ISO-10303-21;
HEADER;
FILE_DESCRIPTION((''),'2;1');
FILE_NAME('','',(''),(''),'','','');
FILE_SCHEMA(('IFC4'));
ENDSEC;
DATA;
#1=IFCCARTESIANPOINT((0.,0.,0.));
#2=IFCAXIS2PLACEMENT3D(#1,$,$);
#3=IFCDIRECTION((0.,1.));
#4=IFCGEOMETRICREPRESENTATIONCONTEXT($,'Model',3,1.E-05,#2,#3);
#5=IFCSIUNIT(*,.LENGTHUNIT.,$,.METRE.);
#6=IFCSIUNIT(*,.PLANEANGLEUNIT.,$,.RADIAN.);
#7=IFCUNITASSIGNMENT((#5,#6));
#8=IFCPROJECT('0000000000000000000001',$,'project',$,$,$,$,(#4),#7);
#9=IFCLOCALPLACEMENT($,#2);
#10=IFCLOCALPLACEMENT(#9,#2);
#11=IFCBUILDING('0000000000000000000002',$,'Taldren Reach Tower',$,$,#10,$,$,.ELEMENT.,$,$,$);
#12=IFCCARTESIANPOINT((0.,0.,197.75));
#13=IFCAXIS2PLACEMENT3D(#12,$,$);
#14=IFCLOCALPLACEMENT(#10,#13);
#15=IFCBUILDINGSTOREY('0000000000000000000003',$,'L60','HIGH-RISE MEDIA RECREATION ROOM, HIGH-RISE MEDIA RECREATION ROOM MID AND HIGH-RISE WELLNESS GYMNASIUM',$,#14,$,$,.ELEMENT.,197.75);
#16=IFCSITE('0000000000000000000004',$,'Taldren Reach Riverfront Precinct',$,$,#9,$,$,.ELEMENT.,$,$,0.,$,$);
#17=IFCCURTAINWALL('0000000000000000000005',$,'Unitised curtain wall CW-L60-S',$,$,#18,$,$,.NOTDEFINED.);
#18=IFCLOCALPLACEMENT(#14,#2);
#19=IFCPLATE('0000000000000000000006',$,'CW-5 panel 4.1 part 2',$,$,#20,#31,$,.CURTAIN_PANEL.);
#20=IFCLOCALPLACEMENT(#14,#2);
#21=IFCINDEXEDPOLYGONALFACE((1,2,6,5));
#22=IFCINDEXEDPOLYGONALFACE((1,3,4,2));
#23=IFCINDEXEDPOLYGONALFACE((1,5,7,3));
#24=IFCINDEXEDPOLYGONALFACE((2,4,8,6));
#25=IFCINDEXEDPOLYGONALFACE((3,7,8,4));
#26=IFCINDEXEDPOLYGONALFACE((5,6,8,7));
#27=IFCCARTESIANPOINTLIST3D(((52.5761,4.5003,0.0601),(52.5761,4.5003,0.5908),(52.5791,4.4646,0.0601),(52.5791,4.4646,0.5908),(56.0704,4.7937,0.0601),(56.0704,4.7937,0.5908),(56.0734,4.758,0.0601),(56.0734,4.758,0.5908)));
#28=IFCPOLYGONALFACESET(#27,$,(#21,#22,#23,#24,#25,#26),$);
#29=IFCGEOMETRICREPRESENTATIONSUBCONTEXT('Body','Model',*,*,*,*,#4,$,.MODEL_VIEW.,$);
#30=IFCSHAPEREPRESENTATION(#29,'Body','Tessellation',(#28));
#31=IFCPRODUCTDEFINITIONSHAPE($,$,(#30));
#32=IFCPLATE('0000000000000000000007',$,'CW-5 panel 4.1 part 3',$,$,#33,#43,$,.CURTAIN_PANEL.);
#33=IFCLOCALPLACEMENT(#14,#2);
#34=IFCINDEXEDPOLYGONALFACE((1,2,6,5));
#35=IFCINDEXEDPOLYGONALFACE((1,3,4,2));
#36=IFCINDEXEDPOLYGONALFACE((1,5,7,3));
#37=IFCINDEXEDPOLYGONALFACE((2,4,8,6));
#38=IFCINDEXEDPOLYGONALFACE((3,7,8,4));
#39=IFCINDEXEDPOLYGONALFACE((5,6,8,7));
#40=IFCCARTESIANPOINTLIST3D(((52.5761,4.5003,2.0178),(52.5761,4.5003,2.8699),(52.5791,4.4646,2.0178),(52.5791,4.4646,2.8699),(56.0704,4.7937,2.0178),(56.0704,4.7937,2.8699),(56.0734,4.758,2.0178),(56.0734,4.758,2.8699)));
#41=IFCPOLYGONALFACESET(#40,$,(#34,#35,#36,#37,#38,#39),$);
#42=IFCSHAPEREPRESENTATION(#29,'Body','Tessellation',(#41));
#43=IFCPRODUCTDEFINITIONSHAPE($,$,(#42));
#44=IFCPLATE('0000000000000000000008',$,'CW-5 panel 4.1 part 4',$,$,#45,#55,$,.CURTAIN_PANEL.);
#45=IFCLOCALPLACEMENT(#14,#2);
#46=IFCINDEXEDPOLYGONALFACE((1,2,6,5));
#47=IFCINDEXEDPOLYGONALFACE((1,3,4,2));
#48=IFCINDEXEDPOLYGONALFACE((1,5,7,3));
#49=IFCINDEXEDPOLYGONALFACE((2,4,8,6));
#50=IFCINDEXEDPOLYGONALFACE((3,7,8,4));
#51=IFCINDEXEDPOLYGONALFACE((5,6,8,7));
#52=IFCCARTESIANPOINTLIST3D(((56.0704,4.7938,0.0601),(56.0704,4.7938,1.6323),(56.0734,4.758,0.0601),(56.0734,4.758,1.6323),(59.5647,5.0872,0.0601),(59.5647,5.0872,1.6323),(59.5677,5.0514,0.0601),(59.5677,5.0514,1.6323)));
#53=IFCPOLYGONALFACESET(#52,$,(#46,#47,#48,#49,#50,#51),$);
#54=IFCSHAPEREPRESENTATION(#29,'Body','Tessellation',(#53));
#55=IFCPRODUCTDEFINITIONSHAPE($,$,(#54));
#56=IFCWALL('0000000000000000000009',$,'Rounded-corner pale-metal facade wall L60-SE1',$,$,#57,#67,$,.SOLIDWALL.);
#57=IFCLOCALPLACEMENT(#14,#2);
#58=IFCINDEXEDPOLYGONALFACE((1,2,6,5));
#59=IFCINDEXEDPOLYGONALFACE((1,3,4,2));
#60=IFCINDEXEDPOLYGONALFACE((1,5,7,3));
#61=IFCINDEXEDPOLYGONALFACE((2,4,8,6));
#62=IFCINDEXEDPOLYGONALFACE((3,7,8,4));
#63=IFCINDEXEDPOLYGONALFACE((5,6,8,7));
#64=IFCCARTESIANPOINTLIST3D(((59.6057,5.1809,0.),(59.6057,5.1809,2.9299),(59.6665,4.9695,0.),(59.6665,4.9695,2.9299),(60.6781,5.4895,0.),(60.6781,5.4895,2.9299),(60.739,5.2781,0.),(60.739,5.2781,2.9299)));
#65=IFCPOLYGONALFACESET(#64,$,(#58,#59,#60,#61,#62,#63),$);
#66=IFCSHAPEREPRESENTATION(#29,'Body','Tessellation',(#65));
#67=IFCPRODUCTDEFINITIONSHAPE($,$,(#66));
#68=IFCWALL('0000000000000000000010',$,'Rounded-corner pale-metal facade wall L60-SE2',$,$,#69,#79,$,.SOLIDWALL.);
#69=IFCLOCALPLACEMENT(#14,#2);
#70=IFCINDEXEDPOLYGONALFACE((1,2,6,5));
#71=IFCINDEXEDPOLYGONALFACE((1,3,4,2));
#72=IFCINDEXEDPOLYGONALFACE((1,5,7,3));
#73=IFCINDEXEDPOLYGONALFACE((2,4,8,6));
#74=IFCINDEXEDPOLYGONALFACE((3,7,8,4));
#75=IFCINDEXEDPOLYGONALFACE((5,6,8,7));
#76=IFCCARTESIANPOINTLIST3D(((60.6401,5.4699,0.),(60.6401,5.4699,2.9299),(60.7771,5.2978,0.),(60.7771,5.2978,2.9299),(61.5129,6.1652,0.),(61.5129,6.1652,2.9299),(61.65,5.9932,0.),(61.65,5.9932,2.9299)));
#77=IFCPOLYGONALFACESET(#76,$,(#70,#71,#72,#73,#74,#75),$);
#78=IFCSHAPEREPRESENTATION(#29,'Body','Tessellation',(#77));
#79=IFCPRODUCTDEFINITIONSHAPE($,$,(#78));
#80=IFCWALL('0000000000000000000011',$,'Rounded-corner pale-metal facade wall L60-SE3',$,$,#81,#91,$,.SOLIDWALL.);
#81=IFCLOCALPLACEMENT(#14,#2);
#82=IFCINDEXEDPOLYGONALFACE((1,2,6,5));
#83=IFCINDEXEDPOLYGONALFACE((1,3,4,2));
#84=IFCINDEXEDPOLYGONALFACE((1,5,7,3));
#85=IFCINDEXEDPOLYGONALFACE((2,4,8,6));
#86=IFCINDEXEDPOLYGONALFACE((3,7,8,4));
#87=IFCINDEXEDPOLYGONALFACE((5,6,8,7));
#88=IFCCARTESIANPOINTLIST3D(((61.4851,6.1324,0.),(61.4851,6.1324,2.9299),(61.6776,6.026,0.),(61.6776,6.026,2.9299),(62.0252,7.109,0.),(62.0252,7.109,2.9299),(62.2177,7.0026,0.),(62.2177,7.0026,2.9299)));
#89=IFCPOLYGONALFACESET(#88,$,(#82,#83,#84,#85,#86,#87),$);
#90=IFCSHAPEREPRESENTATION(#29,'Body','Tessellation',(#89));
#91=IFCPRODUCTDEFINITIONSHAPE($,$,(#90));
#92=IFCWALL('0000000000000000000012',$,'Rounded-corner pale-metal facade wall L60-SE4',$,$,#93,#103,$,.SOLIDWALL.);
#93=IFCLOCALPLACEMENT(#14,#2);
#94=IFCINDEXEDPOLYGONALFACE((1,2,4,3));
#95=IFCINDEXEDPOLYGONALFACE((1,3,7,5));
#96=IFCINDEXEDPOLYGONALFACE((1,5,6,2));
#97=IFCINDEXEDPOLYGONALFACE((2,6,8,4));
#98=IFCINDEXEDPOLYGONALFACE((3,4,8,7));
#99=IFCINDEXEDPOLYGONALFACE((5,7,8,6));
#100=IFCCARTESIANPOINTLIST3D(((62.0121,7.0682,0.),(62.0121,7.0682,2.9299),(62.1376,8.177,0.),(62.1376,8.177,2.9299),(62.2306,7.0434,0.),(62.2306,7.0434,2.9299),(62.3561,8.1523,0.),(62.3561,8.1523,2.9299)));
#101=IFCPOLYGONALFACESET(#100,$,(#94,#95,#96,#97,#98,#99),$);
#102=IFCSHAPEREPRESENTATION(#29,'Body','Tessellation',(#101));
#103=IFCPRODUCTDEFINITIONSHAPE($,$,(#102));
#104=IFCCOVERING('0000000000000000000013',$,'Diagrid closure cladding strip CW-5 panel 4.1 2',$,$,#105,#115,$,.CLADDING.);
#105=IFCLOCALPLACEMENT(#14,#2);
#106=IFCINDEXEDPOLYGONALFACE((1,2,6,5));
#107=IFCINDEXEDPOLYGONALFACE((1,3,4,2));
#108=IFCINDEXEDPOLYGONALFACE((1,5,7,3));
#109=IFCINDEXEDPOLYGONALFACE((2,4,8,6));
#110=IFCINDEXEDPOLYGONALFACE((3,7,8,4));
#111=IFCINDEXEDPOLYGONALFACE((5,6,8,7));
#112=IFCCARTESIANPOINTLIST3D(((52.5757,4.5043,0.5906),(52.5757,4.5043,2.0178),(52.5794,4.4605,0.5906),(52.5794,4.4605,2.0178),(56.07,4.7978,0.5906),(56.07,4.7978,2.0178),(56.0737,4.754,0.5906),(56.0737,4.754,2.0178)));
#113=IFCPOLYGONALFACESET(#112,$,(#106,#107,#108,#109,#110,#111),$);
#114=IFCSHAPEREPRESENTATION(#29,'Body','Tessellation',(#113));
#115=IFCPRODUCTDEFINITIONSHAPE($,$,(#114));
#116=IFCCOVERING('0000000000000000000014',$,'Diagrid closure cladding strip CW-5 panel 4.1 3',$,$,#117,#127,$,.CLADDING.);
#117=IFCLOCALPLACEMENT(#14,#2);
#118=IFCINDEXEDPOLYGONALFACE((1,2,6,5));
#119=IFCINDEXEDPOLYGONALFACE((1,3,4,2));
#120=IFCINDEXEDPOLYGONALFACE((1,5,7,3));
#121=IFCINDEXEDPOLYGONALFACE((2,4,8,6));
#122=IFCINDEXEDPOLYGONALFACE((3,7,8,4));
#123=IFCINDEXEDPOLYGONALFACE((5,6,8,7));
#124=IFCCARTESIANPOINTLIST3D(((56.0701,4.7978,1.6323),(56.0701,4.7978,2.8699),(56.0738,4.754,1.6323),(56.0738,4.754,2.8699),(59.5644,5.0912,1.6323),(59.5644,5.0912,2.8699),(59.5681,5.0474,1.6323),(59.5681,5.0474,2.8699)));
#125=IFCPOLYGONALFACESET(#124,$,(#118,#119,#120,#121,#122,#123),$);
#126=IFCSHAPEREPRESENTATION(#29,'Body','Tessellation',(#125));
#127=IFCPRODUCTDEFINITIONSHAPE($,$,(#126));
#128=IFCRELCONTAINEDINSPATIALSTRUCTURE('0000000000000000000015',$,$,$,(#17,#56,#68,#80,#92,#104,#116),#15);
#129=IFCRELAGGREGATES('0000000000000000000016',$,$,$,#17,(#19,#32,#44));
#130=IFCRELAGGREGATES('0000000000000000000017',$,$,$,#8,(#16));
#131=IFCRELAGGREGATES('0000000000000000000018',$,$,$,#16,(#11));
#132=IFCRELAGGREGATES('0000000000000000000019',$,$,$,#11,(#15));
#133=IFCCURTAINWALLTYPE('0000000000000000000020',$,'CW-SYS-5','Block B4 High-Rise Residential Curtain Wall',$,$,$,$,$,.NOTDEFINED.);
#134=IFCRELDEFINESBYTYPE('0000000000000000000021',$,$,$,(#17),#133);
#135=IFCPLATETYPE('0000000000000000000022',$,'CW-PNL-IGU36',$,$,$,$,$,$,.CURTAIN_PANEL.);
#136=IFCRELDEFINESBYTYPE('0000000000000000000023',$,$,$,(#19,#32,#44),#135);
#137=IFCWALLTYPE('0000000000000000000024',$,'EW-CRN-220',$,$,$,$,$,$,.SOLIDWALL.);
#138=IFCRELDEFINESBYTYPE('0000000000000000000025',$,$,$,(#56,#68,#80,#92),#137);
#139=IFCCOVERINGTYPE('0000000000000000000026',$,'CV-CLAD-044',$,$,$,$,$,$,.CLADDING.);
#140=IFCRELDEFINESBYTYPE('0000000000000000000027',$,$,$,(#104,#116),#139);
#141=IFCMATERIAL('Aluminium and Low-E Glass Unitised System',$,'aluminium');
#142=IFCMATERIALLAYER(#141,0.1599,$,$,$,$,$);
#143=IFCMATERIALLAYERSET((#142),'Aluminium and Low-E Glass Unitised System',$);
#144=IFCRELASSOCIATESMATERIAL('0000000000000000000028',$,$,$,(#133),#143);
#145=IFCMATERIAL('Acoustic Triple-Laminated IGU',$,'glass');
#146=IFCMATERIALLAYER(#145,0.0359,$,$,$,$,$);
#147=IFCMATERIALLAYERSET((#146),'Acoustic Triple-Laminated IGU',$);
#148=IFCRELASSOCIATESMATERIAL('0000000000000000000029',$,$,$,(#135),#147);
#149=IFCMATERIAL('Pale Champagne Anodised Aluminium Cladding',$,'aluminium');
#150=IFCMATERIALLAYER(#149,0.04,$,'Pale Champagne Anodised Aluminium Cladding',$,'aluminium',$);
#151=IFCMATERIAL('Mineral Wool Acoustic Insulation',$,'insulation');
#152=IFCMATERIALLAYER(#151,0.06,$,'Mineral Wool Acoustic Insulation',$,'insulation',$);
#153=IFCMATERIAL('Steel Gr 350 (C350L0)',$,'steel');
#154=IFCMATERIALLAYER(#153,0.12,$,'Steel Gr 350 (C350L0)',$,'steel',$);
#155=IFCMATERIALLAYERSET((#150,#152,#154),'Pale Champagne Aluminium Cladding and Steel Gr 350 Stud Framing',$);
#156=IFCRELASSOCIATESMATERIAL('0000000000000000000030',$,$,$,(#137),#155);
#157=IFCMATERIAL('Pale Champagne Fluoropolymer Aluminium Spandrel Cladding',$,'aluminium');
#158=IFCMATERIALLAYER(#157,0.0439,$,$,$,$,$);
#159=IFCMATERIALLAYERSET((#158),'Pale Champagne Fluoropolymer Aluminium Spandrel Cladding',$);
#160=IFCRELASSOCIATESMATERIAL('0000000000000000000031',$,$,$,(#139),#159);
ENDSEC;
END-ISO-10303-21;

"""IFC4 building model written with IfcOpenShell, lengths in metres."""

from ifc_helpers import new_model, si_unit, direction, frame, frame_2d, origin, origin_2d, place, context, subcontext, project, spatial, rectangle, extrude, source, transform, mapped, material, layer, layer_set, type_object, element, aggregate, save


model = new_model("IFC4")

# Units and contexts
model_context = context("Model", 3, precision=1e-05, world=origin(), true_north=direction((0.0, 1.0)))
body_context = subcontext(model_context, "Body", "Model", "MODEL_VIEW")
ifc_project = project(units=[si_unit("LENGTHUNIT", "METRE"), si_unit("PLANEANGLEUNIT", "RADIAN")], contexts=[model_context])

# Site, building, storey
site_placement = place(None, origin())
site = spatial("IfcSite", under=ifc_project, at=site_placement, Name="Taldren Reach Riverfront Precinct", CompositionType="ELEMENT", RefElevation=0.0)
building_placement = place(site_placement, origin())
building = spatial("IfcBuilding", under=site, at=building_placement, Name="Taldren Reach Tower", CompositionType="ELEMENT")
storey_placement = place(building_placement, frame((0.0, 0.0, 197.75)))
storey = spatial("IfcBuildingStorey", under=building, at=storey_placement, Name="L60", Description="HIGH-RISE MEDIA RECREATION ROOM, HIGH-RISE MEDIA RECREATION ROOM MID AND HIGH-RISE WELLNESS GYMNASIUM", CompositionType="ELEMENT", Elevation=197.75)

# Shared definitions
ifc_material_1 = material(Name="Steel Gr 350 (C350L0)", Category="steel")

# Curtain wall
ifc_material_2 = material(Name="Aluminium and Low-E Glass Unitised System", Category="aluminium")
ifc_layer_1 = layer(ifc_material_2, 0.1599)
ifc_layer_set_1 = layer_set([ifc_layer_1], Name="Aluminium and Low-E Glass Unitised System")
curtain_wall_type = type_object("IfcCurtainWallType", Name="CW-SYS-5", Description="Block B4 High-Rise Residential Curtain Wall", PredefinedType="NOTDEFINED", material=ifc_layer_set_1)
curtain_wall_1_placement = place(storey_placement, origin())
curtain_wall_1 = element("IfcCurtainWall", 1, at=curtain_wall_1_placement, inside=storey, type_object=curtain_wall_type, Name="Unitised curtain wall CW-L60-S", PredefinedType="NOTDEFINED")

# Plates
ifc_material_3 = material(Name="Acoustic Triple-Laminated IGU", Category="glass")
ifc_layer_2 = layer(ifc_material_3, 0.0359)
ifc_layer_set_2 = layer_set([ifc_layer_2], Name="Acoustic Triple-Laminated IGU")
plate_type_1 = type_object("IfcPlateType", Name="CW-PNL-IGU36", PredefinedType="CURTAIN_PANEL", material=ifc_layer_set_2)
shared_shape_1 = source(origin(), body_context, "Body", "SweptSolid", [
    extrude(rectangle(XDim=3.5066, YDim=0.0359, at=origin_2d()), origin(), (0.0, 0.0, 1.0), 0.5308),
])
plate_1_placement = place(storey_placement, frame((54.3247, 4.6292, 0.0601), z_axis=(0.0, 0.0, 1.0), x_axis=(0.996493, 0.083678, 0.0)))
plate_1 = element("IfcPlate", 2, at=plate_1_placement, type_object=plate_type_1, Name="CW-5 panel 4.1 part 2", PredefinedType="CURTAIN_PANEL", context=body_context, shape_type="MappedRepresentation", body=[
    mapped(shared_shape_1, transform((0.0, 0.0, 0.0), scale=1.0)),
])
shared_shape_2 = source(origin(), body_context, "Body", "SweptSolid", [
    extrude(rectangle(XDim=3.5066, YDim=0.0359, at=origin_2d()), origin(), (0.0, 0.0, 1.0), 0.8521),
])
plate_2_placement = place(storey_placement, frame((54.3247, 4.6292, 2.0178), z_axis=(0.0, 0.0, 1.0), x_axis=(0.996493, 0.083678, 0.0)))
plate_2 = element("IfcPlate", 3, at=plate_2_placement, type_object=plate_type_1, Name="CW-5 panel 4.1 part 3", PredefinedType="CURTAIN_PANEL", context=body_context, shape_type="MappedRepresentation", body=[
    mapped(shared_shape_2, transform((0.0, 0.0, 0.0), scale=1.0)),
])
shared_shape_3 = source(origin(), body_context, "Body", "SweptSolid", [
    extrude(rectangle(XDim=3.5066, YDim=0.0359, at=origin_2d()), origin(), (0.0, 0.0, 1.0), 1.5723),
])
plate_3_placement = place(storey_placement, frame((57.8191, 4.9226, 0.0601), z_axis=(0.0, 0.0, 1.0), x_axis=(0.996493, 0.083678, 0.0)))
plate_3 = element("IfcPlate", 4, at=plate_3_placement, type_object=plate_type_1, Name="CW-5 panel 4.1 part 4", PredefinedType="CURTAIN_PANEL", context=body_context, shape_type="MappedRepresentation", body=[
    mapped(shared_shape_3, transform((0.0, 0.0, 0.0), scale=1.0)),
])
aggregate(curtain_wall_1, [plate_1, plate_2, plate_3])

# Walls
ifc_material_4 = material(Name="Pale Champagne Anodised Aluminium Cladding", Category="aluminium")
ifc_layer_3 = layer(ifc_material_4, 0.04, Name="Pale Champagne Anodised Aluminium Cladding", Category="aluminium")
ifc_material_5 = material(Name="Mineral Wool Acoustic Insulation", Category="insulation")
ifc_layer_4 = layer(ifc_material_5, 0.06, Name="Mineral Wool Acoustic Insulation", Category="insulation")
ifc_layer_5 = layer(ifc_material_1, 0.12, Name="Steel Gr 350 (C350L0)", Category="steel")
ifc_layer_set_3 = layer_set([ifc_layer_3, ifc_layer_4, ifc_layer_5], Name="Pale Champagne Aluminium Cladding and Steel Gr 350 Stud Framing")
wall_type = type_object("IfcWallType", Name="EW-CRN-220", PredefinedType="SOLIDWALL", material=ifc_layer_set_3)
shared_shape_4 = source(origin(), body_context, "Body", "SweptSolid", [
    extrude(rectangle(XDim=1.116, YDim=0.22, at=frame_2d((0.5581, 0.0))), origin(), (0.0, 0.0, 1.0), 2.9299),
])
for number, where, z_axis, x_axis, name in (
    (5, (59.636, 5.0752, 0.0), (0.0, 0.0, 1.0), (0.96101, 0.276512, 0.0), "Rounded-corner pale-metal facade wall L60-SE1"),
    (6, (60.7085, 5.3838, 0.0), (0.0, 0.0, 1.0), (0.782148, 0.623093, 0.0), "Rounded-corner pale-metal facade wall L60-SE2"),
    (7, (61.5813, 6.0791, 0.0), (0.0, 0.0, 1.0), (0.483933, 0.875105, 0.0), "Rounded-corner pale-metal facade wall L60-SE3"),
    (8, (62.1213, 7.0557, 0.0), (0.0, 0.0, 1.0), (0.112448, 0.993658, 0.0), "Rounded-corner pale-metal facade wall L60-SE4"),
):
    element("IfcWall", number, at=place(storey_placement, frame(where, z_axis=z_axis, x_axis=x_axis)), inside=storey, type_object=wall_type, Name=name, PredefinedType="SOLIDWALL", context=body_context, shape_type="MappedRepresentation", body=[
        mapped(shared_shape_4, transform((0.0, 0.0, 0.0), scale=1.0)),
    ])

# Coverings
ifc_material_6 = material(Name="Pale Champagne Fluoropolymer Aluminium Spandrel Cladding", Category="aluminium")
ifc_layer_6 = layer(ifc_material_6, 0.0439)
ifc_layer_set_4 = layer_set([ifc_layer_6], Name="Pale Champagne Fluoropolymer Aluminium Spandrel Cladding")
covering_type = type_object("IfcCoveringType", Name="CV-CLAD-044", PredefinedType="CLADDING", material=ifc_layer_set_4)
shared_shape_5 = source(origin(), body_context, "Body", "SweptSolid", [
    extrude(rectangle(XDim=3.5066, YDim=0.0439, at=origin_2d()), origin(), (0.0, 0.0, 1.0), 1.4272),
])
covering_1_placement = place(storey_placement, frame((54.3247, 4.6292, 0.5906), z_axis=(0.0, 0.0, 1.0), x_axis=(0.996493, 0.083678, 0.0)))
element("IfcCovering", 9, at=covering_1_placement, inside=storey, type_object=covering_type, Name="Diagrid closure cladding strip CW-5 panel 4.1 2", PredefinedType="CLADDING", context=body_context, shape_type="MappedRepresentation", body=[
    mapped(shared_shape_5, transform((0.0, 0.0, 0.0), scale=1.0)),
])
shared_shape_6 = source(origin(), body_context, "Body", "SweptSolid", [
    extrude(rectangle(XDim=3.5066, YDim=0.0439, at=origin_2d()), origin(), (0.0, 0.0, 1.0), 1.2375),
])
covering_2_placement = place(storey_placement, frame((57.8191, 4.9226, 1.6323), z_axis=(0.0, 0.0, 1.0), x_axis=(0.996493, 0.083678, 0.0)))
element("IfcCovering", 10, at=covering_2_placement, inside=storey, type_object=covering_type, Name="Diagrid closure cladding strip CW-5 panel 4.1 3", PredefinedType="CLADDING", context=body_context, shape_type="MappedRepresentation", body=[
    mapped(shared_shape_6, transform((0.0, 0.0, 0.0), scale=1.0)),
])

save(model, "model.ifc")
